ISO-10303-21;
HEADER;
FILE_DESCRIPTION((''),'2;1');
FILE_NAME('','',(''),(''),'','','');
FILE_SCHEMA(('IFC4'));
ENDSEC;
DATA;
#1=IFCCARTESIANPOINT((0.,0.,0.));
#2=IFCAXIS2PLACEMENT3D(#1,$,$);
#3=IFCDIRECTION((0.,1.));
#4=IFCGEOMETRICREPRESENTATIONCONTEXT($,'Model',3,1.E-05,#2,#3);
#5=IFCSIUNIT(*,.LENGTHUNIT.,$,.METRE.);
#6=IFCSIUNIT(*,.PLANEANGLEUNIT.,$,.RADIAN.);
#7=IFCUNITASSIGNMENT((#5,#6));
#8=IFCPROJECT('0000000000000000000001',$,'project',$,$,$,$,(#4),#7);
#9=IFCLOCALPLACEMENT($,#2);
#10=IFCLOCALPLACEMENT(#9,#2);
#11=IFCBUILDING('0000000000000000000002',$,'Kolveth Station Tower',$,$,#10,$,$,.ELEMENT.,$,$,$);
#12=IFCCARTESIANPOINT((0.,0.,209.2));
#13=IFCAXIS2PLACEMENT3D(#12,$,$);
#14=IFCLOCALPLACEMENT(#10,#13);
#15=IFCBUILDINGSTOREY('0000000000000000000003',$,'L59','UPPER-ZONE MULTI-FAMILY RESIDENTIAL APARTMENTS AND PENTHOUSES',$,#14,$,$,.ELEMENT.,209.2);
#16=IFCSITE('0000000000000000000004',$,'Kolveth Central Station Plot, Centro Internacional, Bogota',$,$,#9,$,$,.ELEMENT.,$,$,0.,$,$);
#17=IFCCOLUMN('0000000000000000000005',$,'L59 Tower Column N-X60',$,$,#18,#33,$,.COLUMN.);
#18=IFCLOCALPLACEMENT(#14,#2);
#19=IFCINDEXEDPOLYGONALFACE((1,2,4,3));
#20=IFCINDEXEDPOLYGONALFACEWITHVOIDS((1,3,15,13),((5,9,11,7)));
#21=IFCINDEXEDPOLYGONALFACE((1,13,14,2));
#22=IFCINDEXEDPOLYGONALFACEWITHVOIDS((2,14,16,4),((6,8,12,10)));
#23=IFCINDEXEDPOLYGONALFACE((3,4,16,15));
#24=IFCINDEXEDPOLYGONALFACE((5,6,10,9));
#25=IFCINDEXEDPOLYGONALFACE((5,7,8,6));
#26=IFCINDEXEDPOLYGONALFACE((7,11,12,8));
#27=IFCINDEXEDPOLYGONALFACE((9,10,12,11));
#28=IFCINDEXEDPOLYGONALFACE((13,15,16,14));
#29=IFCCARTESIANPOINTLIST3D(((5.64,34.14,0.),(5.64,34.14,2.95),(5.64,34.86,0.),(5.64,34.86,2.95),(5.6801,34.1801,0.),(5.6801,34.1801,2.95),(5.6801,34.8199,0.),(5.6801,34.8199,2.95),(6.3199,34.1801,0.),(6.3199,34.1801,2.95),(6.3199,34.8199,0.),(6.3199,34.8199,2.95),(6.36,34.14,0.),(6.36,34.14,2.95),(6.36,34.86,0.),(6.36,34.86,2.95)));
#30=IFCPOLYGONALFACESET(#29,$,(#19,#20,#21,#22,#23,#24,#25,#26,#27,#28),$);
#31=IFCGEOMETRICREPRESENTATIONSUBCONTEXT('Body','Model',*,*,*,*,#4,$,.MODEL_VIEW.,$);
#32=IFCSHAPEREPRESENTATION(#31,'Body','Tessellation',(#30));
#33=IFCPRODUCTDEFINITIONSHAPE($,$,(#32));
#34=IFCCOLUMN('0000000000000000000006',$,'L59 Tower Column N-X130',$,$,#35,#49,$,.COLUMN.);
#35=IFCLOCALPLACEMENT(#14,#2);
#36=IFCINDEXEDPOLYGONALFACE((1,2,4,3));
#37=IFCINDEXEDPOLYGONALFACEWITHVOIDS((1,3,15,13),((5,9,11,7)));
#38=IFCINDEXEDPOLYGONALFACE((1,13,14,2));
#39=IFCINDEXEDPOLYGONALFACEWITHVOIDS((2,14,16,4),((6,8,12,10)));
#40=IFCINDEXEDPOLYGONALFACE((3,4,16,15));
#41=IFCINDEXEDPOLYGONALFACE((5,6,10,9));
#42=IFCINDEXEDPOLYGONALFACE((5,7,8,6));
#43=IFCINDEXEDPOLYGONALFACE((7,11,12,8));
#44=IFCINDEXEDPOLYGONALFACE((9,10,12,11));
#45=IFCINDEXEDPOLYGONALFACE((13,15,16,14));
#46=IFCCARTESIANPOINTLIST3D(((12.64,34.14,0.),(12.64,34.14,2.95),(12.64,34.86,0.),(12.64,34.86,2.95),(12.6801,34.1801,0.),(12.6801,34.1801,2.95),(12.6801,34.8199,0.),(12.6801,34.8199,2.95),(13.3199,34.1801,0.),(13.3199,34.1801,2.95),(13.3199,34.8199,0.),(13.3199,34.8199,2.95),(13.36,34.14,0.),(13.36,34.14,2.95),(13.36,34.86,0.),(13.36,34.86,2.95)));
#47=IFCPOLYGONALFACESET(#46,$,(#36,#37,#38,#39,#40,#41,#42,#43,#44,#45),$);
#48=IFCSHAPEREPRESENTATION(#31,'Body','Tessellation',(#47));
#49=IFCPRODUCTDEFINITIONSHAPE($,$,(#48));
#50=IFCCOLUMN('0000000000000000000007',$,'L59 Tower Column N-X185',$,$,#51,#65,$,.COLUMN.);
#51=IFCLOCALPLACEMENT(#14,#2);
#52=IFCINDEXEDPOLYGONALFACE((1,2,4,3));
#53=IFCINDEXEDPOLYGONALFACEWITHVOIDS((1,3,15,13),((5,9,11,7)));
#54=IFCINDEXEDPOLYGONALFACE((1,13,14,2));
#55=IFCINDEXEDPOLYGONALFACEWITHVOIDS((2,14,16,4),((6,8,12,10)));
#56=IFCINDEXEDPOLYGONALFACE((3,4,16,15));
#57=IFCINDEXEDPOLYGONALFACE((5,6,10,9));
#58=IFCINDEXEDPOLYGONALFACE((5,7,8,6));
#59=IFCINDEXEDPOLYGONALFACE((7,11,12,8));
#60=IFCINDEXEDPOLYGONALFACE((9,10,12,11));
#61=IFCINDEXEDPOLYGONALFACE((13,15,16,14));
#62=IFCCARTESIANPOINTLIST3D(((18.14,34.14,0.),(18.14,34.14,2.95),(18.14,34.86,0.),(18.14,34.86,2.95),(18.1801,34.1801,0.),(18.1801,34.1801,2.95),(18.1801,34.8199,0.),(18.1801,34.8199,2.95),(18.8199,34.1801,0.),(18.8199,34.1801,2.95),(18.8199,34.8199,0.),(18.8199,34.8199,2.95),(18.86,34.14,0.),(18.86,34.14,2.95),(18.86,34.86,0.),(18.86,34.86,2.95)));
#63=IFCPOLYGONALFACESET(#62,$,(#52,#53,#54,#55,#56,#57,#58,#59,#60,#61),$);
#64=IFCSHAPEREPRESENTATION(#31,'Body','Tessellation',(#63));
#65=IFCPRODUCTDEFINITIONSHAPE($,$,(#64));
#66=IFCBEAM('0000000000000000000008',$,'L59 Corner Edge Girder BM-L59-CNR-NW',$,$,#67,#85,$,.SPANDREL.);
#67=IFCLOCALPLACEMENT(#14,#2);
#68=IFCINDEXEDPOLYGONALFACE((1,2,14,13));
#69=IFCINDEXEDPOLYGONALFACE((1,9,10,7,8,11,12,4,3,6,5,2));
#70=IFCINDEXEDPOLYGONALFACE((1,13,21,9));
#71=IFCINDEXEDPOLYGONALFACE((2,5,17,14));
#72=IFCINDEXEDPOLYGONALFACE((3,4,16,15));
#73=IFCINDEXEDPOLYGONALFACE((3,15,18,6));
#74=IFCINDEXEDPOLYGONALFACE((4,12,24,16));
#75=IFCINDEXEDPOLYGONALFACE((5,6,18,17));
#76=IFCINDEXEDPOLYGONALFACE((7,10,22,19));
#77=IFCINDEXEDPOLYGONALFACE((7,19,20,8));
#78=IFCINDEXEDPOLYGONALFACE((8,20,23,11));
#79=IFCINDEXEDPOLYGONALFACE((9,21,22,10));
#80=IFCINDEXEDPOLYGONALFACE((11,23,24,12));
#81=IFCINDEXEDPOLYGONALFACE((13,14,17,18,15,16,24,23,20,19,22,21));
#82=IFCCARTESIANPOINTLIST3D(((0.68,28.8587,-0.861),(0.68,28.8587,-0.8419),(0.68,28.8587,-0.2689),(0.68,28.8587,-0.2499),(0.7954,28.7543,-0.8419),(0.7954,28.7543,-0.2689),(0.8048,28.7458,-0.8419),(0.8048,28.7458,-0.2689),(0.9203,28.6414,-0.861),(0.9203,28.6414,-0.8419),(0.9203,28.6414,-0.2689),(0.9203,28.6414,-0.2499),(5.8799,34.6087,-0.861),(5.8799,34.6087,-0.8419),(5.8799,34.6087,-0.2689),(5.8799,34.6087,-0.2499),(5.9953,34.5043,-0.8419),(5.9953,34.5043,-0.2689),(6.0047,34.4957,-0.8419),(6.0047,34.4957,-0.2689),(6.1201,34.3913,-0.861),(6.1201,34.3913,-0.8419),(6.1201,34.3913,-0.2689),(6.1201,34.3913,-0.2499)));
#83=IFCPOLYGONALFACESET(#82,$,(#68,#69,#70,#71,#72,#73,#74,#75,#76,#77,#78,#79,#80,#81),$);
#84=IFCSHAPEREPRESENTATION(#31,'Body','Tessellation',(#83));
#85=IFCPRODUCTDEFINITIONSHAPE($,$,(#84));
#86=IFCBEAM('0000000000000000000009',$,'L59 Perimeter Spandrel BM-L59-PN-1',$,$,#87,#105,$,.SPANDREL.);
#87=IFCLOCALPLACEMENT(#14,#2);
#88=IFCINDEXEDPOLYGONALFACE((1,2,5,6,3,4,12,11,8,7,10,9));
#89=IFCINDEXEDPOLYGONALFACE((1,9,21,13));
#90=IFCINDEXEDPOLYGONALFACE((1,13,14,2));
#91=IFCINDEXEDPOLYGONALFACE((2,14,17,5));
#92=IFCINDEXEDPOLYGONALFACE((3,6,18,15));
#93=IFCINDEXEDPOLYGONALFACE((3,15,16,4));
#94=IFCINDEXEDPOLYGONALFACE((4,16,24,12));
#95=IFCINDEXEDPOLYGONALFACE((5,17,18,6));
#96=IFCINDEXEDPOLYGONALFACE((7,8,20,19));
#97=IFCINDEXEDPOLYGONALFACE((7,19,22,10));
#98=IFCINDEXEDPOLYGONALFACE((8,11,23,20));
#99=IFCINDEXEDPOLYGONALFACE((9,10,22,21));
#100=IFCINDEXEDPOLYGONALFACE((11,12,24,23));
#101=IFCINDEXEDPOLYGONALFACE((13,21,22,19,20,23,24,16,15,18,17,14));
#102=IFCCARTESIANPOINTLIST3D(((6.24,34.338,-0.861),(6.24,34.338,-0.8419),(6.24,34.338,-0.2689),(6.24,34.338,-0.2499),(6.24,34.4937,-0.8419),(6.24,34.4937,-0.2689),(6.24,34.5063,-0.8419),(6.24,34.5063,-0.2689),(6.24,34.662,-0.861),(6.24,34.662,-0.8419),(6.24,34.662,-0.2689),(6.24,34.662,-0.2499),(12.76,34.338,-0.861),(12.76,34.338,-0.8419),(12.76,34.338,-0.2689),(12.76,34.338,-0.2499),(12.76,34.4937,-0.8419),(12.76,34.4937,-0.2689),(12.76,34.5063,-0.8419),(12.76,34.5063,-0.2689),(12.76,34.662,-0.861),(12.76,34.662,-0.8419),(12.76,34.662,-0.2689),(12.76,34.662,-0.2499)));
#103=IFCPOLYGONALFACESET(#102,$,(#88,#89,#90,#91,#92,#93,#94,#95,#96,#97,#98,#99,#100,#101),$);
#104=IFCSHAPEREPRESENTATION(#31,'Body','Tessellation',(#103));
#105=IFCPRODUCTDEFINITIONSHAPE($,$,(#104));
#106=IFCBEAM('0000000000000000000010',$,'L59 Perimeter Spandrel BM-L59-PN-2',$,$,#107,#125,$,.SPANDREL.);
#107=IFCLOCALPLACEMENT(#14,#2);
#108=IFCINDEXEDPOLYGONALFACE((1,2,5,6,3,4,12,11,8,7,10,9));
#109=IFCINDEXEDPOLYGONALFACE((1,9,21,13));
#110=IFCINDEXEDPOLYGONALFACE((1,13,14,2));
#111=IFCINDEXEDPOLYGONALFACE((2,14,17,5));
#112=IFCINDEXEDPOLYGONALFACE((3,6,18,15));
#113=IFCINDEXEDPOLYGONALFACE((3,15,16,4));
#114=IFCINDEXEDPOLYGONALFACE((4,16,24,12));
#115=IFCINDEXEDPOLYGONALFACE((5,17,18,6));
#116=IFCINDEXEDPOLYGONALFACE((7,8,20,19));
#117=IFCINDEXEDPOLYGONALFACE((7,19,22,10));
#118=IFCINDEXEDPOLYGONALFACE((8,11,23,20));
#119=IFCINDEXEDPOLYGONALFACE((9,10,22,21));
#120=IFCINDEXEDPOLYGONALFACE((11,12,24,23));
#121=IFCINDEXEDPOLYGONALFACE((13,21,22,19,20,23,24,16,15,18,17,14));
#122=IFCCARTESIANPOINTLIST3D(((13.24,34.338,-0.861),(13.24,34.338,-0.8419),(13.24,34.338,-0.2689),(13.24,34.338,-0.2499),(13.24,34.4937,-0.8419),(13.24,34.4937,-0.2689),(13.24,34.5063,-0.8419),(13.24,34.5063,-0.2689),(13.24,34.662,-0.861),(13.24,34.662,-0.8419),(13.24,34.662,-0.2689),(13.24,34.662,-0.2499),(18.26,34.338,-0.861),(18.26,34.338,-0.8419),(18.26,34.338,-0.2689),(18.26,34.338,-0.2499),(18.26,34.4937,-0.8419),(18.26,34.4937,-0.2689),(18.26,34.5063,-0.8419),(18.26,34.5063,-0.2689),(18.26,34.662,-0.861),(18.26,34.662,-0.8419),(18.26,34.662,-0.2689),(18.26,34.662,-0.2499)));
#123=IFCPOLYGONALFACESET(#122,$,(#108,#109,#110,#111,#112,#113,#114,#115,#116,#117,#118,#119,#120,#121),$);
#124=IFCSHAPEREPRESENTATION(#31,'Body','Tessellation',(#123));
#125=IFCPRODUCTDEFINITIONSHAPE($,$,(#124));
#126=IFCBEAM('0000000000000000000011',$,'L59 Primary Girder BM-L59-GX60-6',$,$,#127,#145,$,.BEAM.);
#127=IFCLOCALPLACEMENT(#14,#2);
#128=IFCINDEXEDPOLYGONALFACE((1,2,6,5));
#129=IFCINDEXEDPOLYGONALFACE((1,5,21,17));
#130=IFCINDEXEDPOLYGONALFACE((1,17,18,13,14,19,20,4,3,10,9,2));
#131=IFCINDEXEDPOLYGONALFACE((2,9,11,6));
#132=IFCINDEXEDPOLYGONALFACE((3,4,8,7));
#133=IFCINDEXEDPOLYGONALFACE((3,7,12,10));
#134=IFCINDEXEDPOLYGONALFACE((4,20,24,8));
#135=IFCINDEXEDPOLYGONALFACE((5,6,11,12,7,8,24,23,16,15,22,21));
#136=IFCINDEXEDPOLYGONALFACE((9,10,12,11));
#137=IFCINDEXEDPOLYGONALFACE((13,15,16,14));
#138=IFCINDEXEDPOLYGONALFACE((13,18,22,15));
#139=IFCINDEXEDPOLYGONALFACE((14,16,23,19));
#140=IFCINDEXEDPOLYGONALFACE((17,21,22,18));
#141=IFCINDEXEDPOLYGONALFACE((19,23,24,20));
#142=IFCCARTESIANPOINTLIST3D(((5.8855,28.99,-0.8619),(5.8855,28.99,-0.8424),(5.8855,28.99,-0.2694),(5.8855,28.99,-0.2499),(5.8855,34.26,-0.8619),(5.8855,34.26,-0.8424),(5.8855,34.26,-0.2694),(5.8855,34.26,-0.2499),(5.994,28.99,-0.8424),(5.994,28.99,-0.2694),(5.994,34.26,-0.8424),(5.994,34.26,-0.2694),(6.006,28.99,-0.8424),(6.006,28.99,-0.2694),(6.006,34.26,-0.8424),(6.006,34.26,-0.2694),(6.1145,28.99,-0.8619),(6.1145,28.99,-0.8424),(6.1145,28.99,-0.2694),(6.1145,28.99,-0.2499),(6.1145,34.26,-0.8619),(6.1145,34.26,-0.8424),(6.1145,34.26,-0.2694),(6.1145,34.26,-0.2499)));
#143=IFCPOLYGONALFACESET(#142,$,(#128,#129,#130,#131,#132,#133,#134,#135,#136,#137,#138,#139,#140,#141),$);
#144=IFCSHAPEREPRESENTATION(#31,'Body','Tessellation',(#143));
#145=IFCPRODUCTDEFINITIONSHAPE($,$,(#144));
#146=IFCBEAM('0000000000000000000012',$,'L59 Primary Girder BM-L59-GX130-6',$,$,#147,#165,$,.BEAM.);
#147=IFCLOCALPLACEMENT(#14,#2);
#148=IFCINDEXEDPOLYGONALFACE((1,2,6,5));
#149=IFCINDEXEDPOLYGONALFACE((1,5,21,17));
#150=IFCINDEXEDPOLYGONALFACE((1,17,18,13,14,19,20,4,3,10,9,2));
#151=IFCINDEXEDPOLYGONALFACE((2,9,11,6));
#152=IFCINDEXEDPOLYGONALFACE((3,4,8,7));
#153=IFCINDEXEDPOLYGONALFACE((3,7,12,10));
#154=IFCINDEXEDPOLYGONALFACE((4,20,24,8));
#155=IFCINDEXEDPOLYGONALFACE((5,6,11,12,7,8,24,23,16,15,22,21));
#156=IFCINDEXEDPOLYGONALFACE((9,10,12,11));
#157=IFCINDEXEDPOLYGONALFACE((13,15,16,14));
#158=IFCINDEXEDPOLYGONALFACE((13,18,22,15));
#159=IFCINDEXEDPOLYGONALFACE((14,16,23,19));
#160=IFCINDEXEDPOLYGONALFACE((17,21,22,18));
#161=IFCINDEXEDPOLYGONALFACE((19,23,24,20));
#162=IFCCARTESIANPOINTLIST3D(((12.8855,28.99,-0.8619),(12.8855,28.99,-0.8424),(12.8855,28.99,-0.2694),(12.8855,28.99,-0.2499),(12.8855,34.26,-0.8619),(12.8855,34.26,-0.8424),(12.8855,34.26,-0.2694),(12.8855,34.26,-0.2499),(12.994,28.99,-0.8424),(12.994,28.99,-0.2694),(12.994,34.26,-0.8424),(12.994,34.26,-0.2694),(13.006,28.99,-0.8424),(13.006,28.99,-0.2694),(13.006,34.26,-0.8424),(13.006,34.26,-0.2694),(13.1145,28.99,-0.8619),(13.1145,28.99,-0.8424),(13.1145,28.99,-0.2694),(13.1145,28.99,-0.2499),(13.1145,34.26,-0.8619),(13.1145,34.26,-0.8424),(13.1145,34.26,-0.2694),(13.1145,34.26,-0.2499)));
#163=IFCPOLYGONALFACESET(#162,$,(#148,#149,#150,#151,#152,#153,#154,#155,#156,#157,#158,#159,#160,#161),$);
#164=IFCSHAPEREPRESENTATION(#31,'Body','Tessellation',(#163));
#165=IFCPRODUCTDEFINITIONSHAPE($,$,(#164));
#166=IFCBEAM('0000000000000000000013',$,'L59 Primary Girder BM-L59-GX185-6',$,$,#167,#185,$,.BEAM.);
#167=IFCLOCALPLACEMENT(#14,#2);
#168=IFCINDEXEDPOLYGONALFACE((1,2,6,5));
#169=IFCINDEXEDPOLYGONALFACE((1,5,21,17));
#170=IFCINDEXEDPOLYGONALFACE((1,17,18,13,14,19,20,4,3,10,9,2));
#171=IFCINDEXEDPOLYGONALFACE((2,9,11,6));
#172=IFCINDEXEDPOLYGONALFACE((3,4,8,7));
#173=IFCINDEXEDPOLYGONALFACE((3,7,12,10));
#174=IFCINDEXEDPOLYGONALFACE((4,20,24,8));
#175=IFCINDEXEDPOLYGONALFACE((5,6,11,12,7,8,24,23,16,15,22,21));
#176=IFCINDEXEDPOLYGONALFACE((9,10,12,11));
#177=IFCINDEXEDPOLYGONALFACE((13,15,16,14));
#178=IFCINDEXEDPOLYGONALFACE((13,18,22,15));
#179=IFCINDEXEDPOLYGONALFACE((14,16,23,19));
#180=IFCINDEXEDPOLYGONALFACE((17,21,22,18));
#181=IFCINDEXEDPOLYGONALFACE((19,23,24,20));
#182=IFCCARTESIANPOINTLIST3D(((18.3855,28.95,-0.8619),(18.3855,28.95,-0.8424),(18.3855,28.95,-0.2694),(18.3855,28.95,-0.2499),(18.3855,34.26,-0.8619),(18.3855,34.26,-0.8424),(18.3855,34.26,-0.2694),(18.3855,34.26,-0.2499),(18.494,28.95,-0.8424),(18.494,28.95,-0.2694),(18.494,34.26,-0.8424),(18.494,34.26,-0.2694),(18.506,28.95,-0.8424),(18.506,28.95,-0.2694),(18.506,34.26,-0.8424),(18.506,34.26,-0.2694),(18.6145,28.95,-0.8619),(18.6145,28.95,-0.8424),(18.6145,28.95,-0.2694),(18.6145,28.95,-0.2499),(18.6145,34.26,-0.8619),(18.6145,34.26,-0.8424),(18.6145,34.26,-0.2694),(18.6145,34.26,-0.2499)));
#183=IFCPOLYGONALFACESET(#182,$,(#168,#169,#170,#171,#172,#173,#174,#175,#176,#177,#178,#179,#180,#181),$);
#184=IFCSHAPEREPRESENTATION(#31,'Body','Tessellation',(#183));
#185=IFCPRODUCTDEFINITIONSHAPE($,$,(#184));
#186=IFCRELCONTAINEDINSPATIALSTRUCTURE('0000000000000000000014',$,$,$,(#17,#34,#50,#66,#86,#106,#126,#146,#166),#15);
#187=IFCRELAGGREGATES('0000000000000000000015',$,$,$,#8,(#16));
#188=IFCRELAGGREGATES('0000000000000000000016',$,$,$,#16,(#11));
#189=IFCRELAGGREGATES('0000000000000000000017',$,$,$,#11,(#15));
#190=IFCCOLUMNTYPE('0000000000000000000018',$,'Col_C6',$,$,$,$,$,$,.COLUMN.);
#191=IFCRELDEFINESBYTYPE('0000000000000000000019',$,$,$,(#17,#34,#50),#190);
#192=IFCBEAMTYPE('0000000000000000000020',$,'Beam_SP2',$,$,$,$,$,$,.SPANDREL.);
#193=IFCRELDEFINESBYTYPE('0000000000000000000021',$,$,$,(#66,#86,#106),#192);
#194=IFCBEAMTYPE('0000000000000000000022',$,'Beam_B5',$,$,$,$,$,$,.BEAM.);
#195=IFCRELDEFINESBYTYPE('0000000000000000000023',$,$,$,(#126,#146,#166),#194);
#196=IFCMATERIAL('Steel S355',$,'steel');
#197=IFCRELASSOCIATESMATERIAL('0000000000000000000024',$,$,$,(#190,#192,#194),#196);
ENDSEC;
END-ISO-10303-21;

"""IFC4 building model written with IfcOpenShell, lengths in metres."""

from ifc_helpers import new_model, si_unit, direction, frame, origin, origin_2d, place, context, subcontext, project, spatial, hollow_rectangle, i_section, extrude, source, transform, mapped, material, material_profile, profile_set, type_object, element, save


model = new_model("IFC4")

# Units and contexts
model_context = context("Model", 3, precision=1e-05, world=origin(), true_north=direction((0.0, 1.0)))
body_context = subcontext(model_context, "Body", "Model", "MODEL_VIEW")
ifc_project = project(units=[si_unit("LENGTHUNIT", "METRE"), si_unit("PLANEANGLEUNIT", "RADIAN")], contexts=[model_context])

# Site, building, storey
site_placement = place(None, origin())
site = spatial("IfcSite", under=ifc_project, at=site_placement, Name="Kolveth Central Station Plot, Centro Internacional, Bogota", CompositionType="ELEMENT", RefElevation=0.0)
building_placement = place(site_placement, origin())
building = spatial("IfcBuilding", under=site, at=building_placement, Name="Kolveth Station Tower", CompositionType="ELEMENT")
storey_placement = place(building_placement, frame((0.0, 0.0, 209.2)))
storey = spatial("IfcBuildingStorey", under=building, at=storey_placement, Name="L59", Description="UPPER-ZONE MULTI-FAMILY RESIDENTIAL APARTMENTS AND PENTHOUSES", CompositionType="ELEMENT", Elevation=209.2)

# Columns
ifc_material_1 = material(Name="Steel S355", Category="steel")
ifc_material_profile_1 = material_profile(ifc_material_1, hollow_rectangle(XDim=0.72, YDim=0.72, WallThickness=0.04, at=origin_2d()), Name="BOX720x720x40")
ifc_profile_set_1 = profile_set([ifc_material_profile_1], Name="Steel S355")
column_type = type_object("IfcColumnType", Name="Col_C6", PredefinedType="COLUMN", material=ifc_profile_set_1)
shared_shape_1 = source(origin(), body_context, "Body", "SweptSolid", [
    extrude(hollow_rectangle(XDim=0.72, YDim=0.72, WallThickness=0.04, at=origin_2d()), origin(), (0.0, 0.0, 1.0), 2.95),
])
for number, where, z_axis, x_axis, name in (
    (1, (6.0, 34.5, 0.0), (0.0, 0.0, 1.0), (1.0, 0.0, 0.0), "L59 Tower Column N-X60"),
    (2, (13.0, 34.5, 0.0), (0.0, 0.0, 1.0), (1.0, 0.0, 0.0), "L59 Tower Column N-X130"),
    (3, (18.5, 34.5, 0.0), (0.0, 0.0, 1.0), (1.0, 0.0, 0.0), "L59 Tower Column N-X185"),
):
    element("IfcColumn", number, at=place(storey_placement, frame(where, z_axis=z_axis, x_axis=x_axis)), inside=storey, type_object=column_type, Name=name, PredefinedType="COLUMN", context=body_context, shape_type="MappedRepresentation", body=[
        mapped(shared_shape_1, transform((0.0, 0.0, 0.0), x_axis=(1.0, 0.0, 0.0), y_axis=(0.0, 1.0, 0.0), z_axis=(0.0, 0.0, 1.0), scale=1.0)),
    ])

# Beams
ifc_material_profile_2 = material_profile(ifc_material_1, i_section(OverallWidth=0.324, OverallDepth=0.6111, WebThickness=0.0127, FlangeThickness=0.019, at=origin_2d()), Name="W610x155")
ifc_profile_set_2 = profile_set([ifc_material_profile_2], Name="Steel S355")
beam_type_1 = type_object("IfcBeamType", Name="Beam_SP2", PredefinedType="SPANDREL", material=ifc_profile_set_2)
shared_shape_2 = source(origin(), body_context, "Body", "SweptSolid", [
    extrude(i_section(OverallWidth=0.324, OverallDepth=0.6111, WebThickness=0.0127, FlangeThickness=0.019, at=origin_2d()), origin(), (0.0, 0.0, 1.0), 7.7524),
])
beam_1_placement = place(storey_placement, frame((6.0, 34.5, -0.5554), z_axis=(-0.670741, -0.741692, 0.0), x_axis=(0.741692, -0.670741, 0.0)))
element("IfcBeam", 4, at=beam_1_placement, inside=storey, type_object=beam_type_1, Name="L59 Corner Edge Girder BM-L59-CNR-NW", PredefinedType="SPANDREL", context=body_context, shape_type="MappedRepresentation", body=[
    mapped(shared_shape_2, transform((0.0, 0.0, 0.0), x_axis=(1.0, 0.0, 0.0), y_axis=(0.0, 1.0, 0.0), z_axis=(0.0, 0.0, 1.0), scale=1.0)),
])
shared_shape_3 = source(origin(), body_context, "Body", "SweptSolid", [
    extrude(i_section(OverallWidth=0.324, OverallDepth=0.6111, WebThickness=0.0127, FlangeThickness=0.019, at=origin_2d()), origin(), (0.0, 0.0, 1.0), 6.52),
])
beam_2_placement = place(storey_placement, frame((6.24, 34.5, -0.5554), z_axis=(1.0, 0.0, 0.0), x_axis=(0.0, 1.0, 0.0)))
element("IfcBeam", 5, at=beam_2_placement, inside=storey, type_object=beam_type_1, Name="L59 Perimeter Spandrel BM-L59-PN-1", PredefinedType="SPANDREL", context=body_context, shape_type="MappedRepresentation", body=[
    mapped(shared_shape_3, transform((0.0, 0.0, 0.0), x_axis=(1.0, 0.0, 0.0), y_axis=(0.0, 1.0, 0.0), z_axis=(0.0, 0.0, 1.0), scale=1.0)),
])
shared_shape_4 = source(origin(), body_context, "Body", "SweptSolid", [
    extrude(i_section(OverallWidth=0.324, OverallDepth=0.6111, WebThickness=0.0127, FlangeThickness=0.019, at=origin_2d()), origin(), (0.0, 0.0, 1.0), 5.02),
])
beam_3_placement = place(storey_placement, frame((13.24, 34.5, -0.5554), z_axis=(1.0, 0.0, 0.0), x_axis=(0.0, 1.0, 0.0)))
element("IfcBeam", 6, at=beam_3_placement, inside=storey, type_object=beam_type_1, Name="L59 Perimeter Spandrel BM-L59-PN-2", PredefinedType="SPANDREL", context=body_context, shape_type="MappedRepresentation", body=[
    mapped(shared_shape_4, transform((0.0, 0.0, 0.0), x_axis=(1.0, 0.0, 0.0), y_axis=(0.0, 1.0, 0.0), z_axis=(0.0, 0.0, 1.0), scale=1.0)),
])
ifc_material_profile_3 = material_profile(ifc_material_1, i_section(OverallWidth=0.229, OverallDepth=0.6121, WebThickness=0.012, FlangeThickness=0.0195, at=origin_2d()), Name="W610x125")
ifc_profile_set_3 = profile_set([ifc_material_profile_3], Name="Steel S355")
beam_type_2 = type_object("IfcBeamType", Name="Beam_B5", PredefinedType="BEAM", material=ifc_profile_set_3)
shared_shape_5 = source(origin(), body_context, "Body", "SweptSolid", [
    extrude(i_section(OverallWidth=0.229, OverallDepth=0.6121, WebThickness=0.012, FlangeThickness=0.0195, at=origin_2d()), origin(), (0.0, 0.0, 1.0), 5.27),
])
for number, where, z_axis, x_axis, name in (
    (7, (6.0, 28.99, -0.5559), (0.0, 1.0, 0.0), (-1.0, 0.0, 0.0), "L59 Primary Girder BM-L59-GX60-6"),
    (8, (13.0, 28.99, -0.5559), (0.0, 1.0, 0.0), (-1.0, 0.0, 0.0), "L59 Primary Girder BM-L59-GX130-6"),
):
    element("IfcBeam", number, at=place(storey_placement, frame(where, z_axis=z_axis, x_axis=x_axis)), inside=storey, type_object=beam_type_2, Name=name, PredefinedType="BEAM", context=body_context, shape_type="MappedRepresentation", body=[
        mapped(shared_shape_5, transform((0.0, 0.0, 0.0), x_axis=(1.0, 0.0, 0.0), y_axis=(0.0, 1.0, 0.0), z_axis=(0.0, 0.0, 1.0), scale=1.0)),
    ])
shared_shape_6 = source(origin(), body_context, "Body", "SweptSolid", [
    extrude(i_section(OverallWidth=0.229, OverallDepth=0.6121, WebThickness=0.012, FlangeThickness=0.0195, at=origin_2d()), origin(), (0.0, 0.0, 1.0), 5.3101),
])
beam_4_placement = place(storey_placement, frame((18.5, 28.95, -0.5559), z_axis=(0.0, 1.0, 0.0), x_axis=(-1.0, 0.0, 0.0)))
element("IfcBeam", 9, at=beam_4_placement, inside=storey, type_object=beam_type_2, Name="L59 Primary Girder BM-L59-GX185-6", PredefinedType="BEAM", context=body_context, shape_type="MappedRepresentation", body=[
    mapped(shared_shape_6, transform((0.0, 0.0, 0.0), x_axis=(1.0, 0.0, 0.0), y_axis=(0.0, 1.0, 0.0), z_axis=(0.0, 0.0, 1.0), scale=1.0)),
])

save(model, "model.ifc")
